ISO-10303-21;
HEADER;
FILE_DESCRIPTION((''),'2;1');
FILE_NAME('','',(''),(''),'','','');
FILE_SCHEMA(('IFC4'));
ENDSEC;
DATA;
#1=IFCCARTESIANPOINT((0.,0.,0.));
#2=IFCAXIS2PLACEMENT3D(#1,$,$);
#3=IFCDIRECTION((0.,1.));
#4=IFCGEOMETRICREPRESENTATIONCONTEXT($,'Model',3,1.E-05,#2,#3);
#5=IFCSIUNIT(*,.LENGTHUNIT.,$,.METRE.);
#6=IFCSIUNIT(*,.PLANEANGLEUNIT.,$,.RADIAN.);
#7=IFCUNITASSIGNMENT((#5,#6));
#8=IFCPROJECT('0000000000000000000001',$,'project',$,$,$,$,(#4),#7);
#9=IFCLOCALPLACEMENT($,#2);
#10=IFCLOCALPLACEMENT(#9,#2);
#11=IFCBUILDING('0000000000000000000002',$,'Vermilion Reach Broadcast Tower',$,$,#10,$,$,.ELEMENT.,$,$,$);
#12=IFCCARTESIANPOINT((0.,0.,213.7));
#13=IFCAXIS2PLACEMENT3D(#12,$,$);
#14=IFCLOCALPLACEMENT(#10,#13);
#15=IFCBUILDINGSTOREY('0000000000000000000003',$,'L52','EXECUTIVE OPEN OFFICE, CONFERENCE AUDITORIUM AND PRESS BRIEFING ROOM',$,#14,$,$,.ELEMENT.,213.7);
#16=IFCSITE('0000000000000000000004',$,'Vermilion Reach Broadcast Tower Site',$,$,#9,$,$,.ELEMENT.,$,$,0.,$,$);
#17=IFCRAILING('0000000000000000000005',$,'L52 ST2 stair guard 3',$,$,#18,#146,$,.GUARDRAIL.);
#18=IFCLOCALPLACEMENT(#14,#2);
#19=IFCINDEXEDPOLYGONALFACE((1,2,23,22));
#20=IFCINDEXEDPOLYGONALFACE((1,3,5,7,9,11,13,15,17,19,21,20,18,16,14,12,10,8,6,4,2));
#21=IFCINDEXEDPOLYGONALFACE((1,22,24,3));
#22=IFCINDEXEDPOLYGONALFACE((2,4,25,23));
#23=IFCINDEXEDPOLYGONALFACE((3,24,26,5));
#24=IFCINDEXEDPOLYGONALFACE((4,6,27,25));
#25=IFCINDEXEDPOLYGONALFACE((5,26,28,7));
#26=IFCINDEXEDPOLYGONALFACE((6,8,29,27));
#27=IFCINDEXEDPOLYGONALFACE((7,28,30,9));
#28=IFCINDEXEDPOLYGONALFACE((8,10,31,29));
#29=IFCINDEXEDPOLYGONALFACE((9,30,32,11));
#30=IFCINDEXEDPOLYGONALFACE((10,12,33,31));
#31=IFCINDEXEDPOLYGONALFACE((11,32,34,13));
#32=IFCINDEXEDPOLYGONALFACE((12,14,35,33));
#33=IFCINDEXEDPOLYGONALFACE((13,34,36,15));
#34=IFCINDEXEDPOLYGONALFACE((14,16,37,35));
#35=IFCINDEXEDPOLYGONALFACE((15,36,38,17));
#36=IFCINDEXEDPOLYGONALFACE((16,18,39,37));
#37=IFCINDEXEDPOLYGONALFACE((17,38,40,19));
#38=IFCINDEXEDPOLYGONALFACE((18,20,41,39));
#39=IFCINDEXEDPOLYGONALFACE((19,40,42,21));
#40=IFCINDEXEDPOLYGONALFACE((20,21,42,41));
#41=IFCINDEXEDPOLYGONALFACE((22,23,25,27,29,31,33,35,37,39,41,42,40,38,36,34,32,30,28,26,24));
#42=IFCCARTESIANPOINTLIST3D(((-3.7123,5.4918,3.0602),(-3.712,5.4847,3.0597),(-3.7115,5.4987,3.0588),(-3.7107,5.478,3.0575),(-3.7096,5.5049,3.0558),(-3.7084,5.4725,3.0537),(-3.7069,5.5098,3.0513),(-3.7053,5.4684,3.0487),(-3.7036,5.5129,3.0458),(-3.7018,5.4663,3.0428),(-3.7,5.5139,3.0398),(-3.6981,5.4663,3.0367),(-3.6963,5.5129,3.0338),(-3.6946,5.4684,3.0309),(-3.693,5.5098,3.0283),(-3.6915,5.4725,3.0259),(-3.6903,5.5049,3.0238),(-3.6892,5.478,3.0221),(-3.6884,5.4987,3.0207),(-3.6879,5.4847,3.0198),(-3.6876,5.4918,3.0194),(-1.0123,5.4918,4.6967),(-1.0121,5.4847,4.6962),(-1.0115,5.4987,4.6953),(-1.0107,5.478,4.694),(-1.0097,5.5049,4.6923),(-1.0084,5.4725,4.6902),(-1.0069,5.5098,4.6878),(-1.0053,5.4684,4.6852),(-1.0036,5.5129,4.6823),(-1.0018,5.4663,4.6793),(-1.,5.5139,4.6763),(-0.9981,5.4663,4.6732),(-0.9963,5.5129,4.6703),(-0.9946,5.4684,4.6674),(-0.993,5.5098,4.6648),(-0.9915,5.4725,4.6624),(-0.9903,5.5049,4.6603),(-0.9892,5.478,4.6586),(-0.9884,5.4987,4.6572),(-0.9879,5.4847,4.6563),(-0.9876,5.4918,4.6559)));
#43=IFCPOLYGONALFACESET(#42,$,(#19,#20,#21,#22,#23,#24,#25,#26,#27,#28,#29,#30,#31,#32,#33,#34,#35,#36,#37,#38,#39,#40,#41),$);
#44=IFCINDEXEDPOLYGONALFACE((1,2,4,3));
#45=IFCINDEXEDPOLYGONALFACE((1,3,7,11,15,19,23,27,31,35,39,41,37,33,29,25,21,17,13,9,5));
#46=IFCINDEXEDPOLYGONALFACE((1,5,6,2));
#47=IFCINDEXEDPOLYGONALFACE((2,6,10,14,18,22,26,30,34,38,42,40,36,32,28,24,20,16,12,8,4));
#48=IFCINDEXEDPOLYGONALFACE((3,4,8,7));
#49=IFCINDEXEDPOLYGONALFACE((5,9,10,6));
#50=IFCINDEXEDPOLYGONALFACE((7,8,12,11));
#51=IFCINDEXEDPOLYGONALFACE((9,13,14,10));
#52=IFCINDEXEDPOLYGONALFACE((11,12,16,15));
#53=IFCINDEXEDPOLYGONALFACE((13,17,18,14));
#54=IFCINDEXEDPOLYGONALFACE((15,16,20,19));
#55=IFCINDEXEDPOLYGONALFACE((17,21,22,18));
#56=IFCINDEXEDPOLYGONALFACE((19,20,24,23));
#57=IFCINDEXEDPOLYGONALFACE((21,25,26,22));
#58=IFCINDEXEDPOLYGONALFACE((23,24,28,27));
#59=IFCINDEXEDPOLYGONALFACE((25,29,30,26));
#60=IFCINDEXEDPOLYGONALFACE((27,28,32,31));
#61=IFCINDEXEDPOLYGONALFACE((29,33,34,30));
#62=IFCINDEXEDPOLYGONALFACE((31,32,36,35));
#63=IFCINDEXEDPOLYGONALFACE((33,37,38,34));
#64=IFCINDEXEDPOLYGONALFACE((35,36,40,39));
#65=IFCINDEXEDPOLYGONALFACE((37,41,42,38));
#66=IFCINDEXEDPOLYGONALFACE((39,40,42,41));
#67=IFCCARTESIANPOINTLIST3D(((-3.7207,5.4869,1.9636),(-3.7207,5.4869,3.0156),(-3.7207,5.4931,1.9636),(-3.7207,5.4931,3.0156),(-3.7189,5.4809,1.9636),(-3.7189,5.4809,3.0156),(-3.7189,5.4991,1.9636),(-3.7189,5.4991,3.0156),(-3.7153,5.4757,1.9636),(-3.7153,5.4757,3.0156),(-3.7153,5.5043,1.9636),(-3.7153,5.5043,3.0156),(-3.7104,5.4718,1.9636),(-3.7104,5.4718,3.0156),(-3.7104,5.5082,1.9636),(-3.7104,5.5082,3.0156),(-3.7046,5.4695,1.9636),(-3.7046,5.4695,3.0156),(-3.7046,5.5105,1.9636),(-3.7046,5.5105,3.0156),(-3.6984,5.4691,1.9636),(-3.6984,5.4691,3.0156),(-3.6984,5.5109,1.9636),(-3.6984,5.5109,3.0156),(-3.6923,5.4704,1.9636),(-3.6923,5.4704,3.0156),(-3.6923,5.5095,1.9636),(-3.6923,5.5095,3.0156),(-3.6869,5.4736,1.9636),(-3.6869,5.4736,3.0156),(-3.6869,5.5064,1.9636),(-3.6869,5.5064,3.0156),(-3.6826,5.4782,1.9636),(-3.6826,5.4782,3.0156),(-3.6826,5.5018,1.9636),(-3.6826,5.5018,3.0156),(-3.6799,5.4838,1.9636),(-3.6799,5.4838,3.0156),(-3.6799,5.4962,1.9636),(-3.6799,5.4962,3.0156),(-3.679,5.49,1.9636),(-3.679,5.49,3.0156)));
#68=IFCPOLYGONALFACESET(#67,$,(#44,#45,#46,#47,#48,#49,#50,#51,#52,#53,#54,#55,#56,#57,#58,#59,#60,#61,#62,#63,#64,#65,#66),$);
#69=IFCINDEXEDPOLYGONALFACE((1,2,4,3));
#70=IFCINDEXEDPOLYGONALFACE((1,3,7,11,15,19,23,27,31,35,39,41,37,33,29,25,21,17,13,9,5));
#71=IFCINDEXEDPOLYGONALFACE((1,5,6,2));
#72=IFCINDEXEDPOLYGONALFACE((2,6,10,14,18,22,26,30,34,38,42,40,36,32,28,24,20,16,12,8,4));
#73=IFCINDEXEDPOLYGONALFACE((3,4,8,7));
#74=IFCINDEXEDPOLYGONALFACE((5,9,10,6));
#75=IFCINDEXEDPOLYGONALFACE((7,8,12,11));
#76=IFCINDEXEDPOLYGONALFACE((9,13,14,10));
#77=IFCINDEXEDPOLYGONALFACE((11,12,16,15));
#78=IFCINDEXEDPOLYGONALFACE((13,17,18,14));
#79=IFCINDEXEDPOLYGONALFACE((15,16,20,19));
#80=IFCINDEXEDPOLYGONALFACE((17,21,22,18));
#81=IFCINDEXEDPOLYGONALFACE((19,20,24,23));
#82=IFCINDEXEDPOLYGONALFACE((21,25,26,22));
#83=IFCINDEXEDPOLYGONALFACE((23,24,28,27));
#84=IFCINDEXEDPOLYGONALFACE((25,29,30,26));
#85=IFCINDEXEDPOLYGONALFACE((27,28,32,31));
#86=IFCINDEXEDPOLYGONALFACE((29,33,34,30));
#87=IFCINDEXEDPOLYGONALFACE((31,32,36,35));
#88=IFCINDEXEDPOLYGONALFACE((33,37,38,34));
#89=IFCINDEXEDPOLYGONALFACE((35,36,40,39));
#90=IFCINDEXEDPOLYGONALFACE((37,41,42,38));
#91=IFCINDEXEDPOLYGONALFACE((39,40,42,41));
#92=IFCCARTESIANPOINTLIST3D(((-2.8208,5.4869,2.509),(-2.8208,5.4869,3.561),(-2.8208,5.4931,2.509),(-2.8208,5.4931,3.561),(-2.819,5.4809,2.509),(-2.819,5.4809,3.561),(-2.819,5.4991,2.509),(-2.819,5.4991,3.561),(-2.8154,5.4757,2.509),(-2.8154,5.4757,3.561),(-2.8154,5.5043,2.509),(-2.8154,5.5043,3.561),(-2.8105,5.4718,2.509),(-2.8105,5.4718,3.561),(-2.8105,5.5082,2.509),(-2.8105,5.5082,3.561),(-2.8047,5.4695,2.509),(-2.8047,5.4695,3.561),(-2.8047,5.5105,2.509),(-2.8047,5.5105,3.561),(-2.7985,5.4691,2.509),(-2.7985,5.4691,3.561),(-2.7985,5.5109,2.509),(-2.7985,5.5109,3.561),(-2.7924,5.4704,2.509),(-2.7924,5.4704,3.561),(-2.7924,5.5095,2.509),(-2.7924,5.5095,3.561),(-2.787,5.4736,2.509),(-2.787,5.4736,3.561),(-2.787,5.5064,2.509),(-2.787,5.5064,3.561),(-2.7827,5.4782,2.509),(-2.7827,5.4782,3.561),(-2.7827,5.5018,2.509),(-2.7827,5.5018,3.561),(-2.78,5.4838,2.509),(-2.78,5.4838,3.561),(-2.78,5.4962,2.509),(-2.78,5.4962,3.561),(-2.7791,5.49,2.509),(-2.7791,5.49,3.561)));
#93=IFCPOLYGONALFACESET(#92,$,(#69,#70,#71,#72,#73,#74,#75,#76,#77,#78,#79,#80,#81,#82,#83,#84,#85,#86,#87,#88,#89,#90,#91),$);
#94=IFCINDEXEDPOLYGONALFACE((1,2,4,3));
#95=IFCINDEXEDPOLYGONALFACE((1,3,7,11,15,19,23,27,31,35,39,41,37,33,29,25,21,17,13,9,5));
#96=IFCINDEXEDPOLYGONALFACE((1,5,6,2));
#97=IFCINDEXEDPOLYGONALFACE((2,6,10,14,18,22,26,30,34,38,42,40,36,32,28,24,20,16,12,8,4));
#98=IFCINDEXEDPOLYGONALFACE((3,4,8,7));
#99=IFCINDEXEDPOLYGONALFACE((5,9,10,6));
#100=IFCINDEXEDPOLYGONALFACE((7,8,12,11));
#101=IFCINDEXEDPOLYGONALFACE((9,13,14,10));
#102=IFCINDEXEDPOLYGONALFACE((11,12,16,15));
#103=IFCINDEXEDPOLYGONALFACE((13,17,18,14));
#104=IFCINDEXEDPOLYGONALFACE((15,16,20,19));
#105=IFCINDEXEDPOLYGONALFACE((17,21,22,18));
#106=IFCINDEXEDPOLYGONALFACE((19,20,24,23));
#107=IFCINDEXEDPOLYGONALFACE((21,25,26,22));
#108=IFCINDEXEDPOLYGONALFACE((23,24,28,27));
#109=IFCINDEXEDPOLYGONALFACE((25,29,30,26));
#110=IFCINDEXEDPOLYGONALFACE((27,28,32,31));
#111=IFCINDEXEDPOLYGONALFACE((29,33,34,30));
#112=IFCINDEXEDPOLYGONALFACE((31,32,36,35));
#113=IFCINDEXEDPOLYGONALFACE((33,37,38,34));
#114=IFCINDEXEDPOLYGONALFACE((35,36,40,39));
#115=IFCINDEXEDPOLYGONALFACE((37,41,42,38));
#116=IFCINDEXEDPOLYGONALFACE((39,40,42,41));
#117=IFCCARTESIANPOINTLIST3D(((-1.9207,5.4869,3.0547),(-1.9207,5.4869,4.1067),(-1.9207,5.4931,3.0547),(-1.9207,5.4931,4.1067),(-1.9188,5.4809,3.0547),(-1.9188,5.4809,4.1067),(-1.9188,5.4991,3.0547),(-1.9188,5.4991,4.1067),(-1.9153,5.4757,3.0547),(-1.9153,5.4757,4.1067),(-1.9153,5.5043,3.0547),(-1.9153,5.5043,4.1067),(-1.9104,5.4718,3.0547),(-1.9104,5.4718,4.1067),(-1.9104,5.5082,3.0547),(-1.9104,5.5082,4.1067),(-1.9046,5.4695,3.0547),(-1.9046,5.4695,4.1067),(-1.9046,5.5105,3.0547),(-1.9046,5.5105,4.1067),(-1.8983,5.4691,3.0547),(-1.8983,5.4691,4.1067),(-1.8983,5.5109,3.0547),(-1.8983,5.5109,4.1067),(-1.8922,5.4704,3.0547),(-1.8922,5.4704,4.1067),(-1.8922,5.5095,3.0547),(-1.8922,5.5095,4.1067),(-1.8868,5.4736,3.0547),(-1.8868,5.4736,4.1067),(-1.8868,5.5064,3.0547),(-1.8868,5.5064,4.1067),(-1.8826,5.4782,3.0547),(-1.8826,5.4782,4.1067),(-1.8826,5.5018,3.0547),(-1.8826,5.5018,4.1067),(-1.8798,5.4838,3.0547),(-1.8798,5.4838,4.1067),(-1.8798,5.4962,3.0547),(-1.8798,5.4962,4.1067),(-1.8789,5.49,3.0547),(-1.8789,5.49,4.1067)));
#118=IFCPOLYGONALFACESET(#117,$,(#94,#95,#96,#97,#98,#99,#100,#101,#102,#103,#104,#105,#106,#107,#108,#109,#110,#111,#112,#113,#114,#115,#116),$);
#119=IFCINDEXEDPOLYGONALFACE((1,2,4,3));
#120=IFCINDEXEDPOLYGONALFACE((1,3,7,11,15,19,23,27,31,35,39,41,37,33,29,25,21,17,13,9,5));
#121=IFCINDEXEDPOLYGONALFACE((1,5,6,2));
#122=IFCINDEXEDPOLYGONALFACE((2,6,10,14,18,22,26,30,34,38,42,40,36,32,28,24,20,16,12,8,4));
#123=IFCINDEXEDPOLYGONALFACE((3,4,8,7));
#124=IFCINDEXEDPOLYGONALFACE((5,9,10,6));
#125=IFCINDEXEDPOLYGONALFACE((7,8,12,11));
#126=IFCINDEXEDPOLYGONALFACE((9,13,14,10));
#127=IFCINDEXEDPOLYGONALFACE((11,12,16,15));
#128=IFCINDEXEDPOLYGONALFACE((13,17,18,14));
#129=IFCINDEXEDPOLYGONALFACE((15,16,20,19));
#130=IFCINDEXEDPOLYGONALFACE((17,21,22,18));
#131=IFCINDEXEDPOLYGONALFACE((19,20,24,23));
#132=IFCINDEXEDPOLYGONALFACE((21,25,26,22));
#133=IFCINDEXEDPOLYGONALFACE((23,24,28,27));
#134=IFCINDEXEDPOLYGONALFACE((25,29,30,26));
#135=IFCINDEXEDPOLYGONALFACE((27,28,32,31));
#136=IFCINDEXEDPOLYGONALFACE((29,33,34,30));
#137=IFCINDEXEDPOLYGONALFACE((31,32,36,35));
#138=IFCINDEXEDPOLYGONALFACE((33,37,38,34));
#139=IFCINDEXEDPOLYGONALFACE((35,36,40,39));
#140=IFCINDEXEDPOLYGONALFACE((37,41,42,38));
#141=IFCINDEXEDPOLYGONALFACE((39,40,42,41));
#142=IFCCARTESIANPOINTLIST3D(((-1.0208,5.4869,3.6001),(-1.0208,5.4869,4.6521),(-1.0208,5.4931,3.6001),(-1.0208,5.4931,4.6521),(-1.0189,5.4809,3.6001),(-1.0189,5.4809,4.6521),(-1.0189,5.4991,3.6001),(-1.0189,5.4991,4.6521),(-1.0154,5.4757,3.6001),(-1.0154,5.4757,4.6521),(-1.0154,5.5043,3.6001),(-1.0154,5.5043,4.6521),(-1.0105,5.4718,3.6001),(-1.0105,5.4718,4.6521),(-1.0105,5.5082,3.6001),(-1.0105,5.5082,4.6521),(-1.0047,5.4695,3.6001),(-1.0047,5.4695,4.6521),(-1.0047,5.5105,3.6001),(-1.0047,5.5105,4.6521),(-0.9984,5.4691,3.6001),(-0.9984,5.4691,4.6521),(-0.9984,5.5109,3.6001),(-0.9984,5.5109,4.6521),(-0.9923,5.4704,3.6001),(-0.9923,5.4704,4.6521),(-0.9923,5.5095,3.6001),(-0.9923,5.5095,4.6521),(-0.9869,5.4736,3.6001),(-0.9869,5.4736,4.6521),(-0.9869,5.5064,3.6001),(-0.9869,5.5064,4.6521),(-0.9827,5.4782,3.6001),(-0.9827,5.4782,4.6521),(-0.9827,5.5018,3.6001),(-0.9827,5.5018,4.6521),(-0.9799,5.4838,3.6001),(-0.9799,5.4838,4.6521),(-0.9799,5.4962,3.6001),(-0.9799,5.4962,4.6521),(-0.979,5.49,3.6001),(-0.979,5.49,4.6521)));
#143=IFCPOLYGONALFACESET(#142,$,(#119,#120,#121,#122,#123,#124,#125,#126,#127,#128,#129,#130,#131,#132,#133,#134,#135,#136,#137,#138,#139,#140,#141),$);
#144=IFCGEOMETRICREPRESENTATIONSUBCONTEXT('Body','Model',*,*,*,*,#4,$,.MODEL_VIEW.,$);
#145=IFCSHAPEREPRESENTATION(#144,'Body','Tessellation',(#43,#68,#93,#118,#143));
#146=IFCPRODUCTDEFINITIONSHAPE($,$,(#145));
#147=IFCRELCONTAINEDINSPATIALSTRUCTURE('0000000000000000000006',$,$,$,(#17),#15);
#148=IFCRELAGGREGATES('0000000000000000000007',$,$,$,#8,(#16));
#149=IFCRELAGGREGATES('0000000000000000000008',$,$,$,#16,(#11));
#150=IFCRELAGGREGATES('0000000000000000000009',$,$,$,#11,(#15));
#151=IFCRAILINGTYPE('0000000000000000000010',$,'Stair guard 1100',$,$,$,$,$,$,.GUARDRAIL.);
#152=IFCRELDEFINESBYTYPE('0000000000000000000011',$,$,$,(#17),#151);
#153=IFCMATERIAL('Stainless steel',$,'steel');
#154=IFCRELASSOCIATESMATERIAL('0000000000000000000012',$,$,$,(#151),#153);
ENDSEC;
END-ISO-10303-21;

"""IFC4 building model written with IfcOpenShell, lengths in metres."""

from ifc_helpers import new_model, si_unit, direction, frame, origin, origin_2d, place, context, subcontext, project, spatial, circle, extrude, material, type_object, element, save


model = new_model("IFC4")

# Units and contexts
model_context = context("Model", 3, precision=1e-05, world=origin(), true_north=direction((0.0, 1.0)))
body_context = subcontext(model_context, "Body", "Model", "MODEL_VIEW")
ifc_project = project(units=[si_unit("LENGTHUNIT", "METRE"), si_unit("PLANEANGLEUNIT", "RADIAN")], contexts=[model_context])

# Site, building, storey
site_placement = place(None, origin())
site = spatial("IfcSite", under=ifc_project, at=site_placement, Name="Vermilion Reach Broadcast Tower Site", CompositionType="ELEMENT", RefElevation=0.0)
building_placement = place(site_placement, origin())
building = spatial("IfcBuilding", under=site, at=building_placement, Name="Vermilion Reach Broadcast Tower", CompositionType="ELEMENT")
storey_placement = place(building_placement, frame((0.0, 0.0, 213.7)))
storey = spatial("IfcBuildingStorey", under=building, at=storey_placement, Name="L52", Description="EXECUTIVE OPEN OFFICE, CONFERENCE AUDITORIUM AND PRESS BRIEFING ROOM", CompositionType="ELEMENT", Elevation=213.7)

# Railing
ifc_material_1 = material(Name="Stainless steel", Category="steel")
railing_type_1 = type_object("IfcRailingType", Name="Stair guard 1100", PredefinedType="GUARDRAIL", material=ifc_material_1)
railing_1_placement = place(storey_placement, frame((-3.7, 5.49, 1.9636)))
element("IfcRailing", 1, at=railing_1_placement, inside=storey, type_object=railing_type_1, Name="L52 ST2 stair guard 3", PredefinedType="GUARDRAIL", context=body_context, shape_type="SweptSolid", body=[
    extrude(circle(Radius=0.0239, at=origin_2d()), frame((0.0, 0.0, 1.0762), z_axis=(0.855178, 0.0, 0.518334), x_axis=(0.0, 1.0, 0.0)), (0.0, 0.0, 1.0), 3.1572),
    extrude(circle(Radius=0.021, at=origin_2d()), origin(), (0.0, 0.0, 1.0), 1.052),
    extrude(circle(Radius=0.021, at=origin_2d()), frame((0.8999, 0.0, 0.5454)), (0.0, 0.0, 1.0), 1.052),
    extrude(circle(Radius=0.021, at=origin_2d()), frame((1.8, 0.0, 1.0911)), (0.0, 0.0, 1.0), 1.052),
    extrude(circle(Radius=0.021, at=origin_2d()), frame((2.7, 0.0, 1.6365)), (0.0, 0.0, 1.0), 1.052),
])

save(model, "model.ifc")
